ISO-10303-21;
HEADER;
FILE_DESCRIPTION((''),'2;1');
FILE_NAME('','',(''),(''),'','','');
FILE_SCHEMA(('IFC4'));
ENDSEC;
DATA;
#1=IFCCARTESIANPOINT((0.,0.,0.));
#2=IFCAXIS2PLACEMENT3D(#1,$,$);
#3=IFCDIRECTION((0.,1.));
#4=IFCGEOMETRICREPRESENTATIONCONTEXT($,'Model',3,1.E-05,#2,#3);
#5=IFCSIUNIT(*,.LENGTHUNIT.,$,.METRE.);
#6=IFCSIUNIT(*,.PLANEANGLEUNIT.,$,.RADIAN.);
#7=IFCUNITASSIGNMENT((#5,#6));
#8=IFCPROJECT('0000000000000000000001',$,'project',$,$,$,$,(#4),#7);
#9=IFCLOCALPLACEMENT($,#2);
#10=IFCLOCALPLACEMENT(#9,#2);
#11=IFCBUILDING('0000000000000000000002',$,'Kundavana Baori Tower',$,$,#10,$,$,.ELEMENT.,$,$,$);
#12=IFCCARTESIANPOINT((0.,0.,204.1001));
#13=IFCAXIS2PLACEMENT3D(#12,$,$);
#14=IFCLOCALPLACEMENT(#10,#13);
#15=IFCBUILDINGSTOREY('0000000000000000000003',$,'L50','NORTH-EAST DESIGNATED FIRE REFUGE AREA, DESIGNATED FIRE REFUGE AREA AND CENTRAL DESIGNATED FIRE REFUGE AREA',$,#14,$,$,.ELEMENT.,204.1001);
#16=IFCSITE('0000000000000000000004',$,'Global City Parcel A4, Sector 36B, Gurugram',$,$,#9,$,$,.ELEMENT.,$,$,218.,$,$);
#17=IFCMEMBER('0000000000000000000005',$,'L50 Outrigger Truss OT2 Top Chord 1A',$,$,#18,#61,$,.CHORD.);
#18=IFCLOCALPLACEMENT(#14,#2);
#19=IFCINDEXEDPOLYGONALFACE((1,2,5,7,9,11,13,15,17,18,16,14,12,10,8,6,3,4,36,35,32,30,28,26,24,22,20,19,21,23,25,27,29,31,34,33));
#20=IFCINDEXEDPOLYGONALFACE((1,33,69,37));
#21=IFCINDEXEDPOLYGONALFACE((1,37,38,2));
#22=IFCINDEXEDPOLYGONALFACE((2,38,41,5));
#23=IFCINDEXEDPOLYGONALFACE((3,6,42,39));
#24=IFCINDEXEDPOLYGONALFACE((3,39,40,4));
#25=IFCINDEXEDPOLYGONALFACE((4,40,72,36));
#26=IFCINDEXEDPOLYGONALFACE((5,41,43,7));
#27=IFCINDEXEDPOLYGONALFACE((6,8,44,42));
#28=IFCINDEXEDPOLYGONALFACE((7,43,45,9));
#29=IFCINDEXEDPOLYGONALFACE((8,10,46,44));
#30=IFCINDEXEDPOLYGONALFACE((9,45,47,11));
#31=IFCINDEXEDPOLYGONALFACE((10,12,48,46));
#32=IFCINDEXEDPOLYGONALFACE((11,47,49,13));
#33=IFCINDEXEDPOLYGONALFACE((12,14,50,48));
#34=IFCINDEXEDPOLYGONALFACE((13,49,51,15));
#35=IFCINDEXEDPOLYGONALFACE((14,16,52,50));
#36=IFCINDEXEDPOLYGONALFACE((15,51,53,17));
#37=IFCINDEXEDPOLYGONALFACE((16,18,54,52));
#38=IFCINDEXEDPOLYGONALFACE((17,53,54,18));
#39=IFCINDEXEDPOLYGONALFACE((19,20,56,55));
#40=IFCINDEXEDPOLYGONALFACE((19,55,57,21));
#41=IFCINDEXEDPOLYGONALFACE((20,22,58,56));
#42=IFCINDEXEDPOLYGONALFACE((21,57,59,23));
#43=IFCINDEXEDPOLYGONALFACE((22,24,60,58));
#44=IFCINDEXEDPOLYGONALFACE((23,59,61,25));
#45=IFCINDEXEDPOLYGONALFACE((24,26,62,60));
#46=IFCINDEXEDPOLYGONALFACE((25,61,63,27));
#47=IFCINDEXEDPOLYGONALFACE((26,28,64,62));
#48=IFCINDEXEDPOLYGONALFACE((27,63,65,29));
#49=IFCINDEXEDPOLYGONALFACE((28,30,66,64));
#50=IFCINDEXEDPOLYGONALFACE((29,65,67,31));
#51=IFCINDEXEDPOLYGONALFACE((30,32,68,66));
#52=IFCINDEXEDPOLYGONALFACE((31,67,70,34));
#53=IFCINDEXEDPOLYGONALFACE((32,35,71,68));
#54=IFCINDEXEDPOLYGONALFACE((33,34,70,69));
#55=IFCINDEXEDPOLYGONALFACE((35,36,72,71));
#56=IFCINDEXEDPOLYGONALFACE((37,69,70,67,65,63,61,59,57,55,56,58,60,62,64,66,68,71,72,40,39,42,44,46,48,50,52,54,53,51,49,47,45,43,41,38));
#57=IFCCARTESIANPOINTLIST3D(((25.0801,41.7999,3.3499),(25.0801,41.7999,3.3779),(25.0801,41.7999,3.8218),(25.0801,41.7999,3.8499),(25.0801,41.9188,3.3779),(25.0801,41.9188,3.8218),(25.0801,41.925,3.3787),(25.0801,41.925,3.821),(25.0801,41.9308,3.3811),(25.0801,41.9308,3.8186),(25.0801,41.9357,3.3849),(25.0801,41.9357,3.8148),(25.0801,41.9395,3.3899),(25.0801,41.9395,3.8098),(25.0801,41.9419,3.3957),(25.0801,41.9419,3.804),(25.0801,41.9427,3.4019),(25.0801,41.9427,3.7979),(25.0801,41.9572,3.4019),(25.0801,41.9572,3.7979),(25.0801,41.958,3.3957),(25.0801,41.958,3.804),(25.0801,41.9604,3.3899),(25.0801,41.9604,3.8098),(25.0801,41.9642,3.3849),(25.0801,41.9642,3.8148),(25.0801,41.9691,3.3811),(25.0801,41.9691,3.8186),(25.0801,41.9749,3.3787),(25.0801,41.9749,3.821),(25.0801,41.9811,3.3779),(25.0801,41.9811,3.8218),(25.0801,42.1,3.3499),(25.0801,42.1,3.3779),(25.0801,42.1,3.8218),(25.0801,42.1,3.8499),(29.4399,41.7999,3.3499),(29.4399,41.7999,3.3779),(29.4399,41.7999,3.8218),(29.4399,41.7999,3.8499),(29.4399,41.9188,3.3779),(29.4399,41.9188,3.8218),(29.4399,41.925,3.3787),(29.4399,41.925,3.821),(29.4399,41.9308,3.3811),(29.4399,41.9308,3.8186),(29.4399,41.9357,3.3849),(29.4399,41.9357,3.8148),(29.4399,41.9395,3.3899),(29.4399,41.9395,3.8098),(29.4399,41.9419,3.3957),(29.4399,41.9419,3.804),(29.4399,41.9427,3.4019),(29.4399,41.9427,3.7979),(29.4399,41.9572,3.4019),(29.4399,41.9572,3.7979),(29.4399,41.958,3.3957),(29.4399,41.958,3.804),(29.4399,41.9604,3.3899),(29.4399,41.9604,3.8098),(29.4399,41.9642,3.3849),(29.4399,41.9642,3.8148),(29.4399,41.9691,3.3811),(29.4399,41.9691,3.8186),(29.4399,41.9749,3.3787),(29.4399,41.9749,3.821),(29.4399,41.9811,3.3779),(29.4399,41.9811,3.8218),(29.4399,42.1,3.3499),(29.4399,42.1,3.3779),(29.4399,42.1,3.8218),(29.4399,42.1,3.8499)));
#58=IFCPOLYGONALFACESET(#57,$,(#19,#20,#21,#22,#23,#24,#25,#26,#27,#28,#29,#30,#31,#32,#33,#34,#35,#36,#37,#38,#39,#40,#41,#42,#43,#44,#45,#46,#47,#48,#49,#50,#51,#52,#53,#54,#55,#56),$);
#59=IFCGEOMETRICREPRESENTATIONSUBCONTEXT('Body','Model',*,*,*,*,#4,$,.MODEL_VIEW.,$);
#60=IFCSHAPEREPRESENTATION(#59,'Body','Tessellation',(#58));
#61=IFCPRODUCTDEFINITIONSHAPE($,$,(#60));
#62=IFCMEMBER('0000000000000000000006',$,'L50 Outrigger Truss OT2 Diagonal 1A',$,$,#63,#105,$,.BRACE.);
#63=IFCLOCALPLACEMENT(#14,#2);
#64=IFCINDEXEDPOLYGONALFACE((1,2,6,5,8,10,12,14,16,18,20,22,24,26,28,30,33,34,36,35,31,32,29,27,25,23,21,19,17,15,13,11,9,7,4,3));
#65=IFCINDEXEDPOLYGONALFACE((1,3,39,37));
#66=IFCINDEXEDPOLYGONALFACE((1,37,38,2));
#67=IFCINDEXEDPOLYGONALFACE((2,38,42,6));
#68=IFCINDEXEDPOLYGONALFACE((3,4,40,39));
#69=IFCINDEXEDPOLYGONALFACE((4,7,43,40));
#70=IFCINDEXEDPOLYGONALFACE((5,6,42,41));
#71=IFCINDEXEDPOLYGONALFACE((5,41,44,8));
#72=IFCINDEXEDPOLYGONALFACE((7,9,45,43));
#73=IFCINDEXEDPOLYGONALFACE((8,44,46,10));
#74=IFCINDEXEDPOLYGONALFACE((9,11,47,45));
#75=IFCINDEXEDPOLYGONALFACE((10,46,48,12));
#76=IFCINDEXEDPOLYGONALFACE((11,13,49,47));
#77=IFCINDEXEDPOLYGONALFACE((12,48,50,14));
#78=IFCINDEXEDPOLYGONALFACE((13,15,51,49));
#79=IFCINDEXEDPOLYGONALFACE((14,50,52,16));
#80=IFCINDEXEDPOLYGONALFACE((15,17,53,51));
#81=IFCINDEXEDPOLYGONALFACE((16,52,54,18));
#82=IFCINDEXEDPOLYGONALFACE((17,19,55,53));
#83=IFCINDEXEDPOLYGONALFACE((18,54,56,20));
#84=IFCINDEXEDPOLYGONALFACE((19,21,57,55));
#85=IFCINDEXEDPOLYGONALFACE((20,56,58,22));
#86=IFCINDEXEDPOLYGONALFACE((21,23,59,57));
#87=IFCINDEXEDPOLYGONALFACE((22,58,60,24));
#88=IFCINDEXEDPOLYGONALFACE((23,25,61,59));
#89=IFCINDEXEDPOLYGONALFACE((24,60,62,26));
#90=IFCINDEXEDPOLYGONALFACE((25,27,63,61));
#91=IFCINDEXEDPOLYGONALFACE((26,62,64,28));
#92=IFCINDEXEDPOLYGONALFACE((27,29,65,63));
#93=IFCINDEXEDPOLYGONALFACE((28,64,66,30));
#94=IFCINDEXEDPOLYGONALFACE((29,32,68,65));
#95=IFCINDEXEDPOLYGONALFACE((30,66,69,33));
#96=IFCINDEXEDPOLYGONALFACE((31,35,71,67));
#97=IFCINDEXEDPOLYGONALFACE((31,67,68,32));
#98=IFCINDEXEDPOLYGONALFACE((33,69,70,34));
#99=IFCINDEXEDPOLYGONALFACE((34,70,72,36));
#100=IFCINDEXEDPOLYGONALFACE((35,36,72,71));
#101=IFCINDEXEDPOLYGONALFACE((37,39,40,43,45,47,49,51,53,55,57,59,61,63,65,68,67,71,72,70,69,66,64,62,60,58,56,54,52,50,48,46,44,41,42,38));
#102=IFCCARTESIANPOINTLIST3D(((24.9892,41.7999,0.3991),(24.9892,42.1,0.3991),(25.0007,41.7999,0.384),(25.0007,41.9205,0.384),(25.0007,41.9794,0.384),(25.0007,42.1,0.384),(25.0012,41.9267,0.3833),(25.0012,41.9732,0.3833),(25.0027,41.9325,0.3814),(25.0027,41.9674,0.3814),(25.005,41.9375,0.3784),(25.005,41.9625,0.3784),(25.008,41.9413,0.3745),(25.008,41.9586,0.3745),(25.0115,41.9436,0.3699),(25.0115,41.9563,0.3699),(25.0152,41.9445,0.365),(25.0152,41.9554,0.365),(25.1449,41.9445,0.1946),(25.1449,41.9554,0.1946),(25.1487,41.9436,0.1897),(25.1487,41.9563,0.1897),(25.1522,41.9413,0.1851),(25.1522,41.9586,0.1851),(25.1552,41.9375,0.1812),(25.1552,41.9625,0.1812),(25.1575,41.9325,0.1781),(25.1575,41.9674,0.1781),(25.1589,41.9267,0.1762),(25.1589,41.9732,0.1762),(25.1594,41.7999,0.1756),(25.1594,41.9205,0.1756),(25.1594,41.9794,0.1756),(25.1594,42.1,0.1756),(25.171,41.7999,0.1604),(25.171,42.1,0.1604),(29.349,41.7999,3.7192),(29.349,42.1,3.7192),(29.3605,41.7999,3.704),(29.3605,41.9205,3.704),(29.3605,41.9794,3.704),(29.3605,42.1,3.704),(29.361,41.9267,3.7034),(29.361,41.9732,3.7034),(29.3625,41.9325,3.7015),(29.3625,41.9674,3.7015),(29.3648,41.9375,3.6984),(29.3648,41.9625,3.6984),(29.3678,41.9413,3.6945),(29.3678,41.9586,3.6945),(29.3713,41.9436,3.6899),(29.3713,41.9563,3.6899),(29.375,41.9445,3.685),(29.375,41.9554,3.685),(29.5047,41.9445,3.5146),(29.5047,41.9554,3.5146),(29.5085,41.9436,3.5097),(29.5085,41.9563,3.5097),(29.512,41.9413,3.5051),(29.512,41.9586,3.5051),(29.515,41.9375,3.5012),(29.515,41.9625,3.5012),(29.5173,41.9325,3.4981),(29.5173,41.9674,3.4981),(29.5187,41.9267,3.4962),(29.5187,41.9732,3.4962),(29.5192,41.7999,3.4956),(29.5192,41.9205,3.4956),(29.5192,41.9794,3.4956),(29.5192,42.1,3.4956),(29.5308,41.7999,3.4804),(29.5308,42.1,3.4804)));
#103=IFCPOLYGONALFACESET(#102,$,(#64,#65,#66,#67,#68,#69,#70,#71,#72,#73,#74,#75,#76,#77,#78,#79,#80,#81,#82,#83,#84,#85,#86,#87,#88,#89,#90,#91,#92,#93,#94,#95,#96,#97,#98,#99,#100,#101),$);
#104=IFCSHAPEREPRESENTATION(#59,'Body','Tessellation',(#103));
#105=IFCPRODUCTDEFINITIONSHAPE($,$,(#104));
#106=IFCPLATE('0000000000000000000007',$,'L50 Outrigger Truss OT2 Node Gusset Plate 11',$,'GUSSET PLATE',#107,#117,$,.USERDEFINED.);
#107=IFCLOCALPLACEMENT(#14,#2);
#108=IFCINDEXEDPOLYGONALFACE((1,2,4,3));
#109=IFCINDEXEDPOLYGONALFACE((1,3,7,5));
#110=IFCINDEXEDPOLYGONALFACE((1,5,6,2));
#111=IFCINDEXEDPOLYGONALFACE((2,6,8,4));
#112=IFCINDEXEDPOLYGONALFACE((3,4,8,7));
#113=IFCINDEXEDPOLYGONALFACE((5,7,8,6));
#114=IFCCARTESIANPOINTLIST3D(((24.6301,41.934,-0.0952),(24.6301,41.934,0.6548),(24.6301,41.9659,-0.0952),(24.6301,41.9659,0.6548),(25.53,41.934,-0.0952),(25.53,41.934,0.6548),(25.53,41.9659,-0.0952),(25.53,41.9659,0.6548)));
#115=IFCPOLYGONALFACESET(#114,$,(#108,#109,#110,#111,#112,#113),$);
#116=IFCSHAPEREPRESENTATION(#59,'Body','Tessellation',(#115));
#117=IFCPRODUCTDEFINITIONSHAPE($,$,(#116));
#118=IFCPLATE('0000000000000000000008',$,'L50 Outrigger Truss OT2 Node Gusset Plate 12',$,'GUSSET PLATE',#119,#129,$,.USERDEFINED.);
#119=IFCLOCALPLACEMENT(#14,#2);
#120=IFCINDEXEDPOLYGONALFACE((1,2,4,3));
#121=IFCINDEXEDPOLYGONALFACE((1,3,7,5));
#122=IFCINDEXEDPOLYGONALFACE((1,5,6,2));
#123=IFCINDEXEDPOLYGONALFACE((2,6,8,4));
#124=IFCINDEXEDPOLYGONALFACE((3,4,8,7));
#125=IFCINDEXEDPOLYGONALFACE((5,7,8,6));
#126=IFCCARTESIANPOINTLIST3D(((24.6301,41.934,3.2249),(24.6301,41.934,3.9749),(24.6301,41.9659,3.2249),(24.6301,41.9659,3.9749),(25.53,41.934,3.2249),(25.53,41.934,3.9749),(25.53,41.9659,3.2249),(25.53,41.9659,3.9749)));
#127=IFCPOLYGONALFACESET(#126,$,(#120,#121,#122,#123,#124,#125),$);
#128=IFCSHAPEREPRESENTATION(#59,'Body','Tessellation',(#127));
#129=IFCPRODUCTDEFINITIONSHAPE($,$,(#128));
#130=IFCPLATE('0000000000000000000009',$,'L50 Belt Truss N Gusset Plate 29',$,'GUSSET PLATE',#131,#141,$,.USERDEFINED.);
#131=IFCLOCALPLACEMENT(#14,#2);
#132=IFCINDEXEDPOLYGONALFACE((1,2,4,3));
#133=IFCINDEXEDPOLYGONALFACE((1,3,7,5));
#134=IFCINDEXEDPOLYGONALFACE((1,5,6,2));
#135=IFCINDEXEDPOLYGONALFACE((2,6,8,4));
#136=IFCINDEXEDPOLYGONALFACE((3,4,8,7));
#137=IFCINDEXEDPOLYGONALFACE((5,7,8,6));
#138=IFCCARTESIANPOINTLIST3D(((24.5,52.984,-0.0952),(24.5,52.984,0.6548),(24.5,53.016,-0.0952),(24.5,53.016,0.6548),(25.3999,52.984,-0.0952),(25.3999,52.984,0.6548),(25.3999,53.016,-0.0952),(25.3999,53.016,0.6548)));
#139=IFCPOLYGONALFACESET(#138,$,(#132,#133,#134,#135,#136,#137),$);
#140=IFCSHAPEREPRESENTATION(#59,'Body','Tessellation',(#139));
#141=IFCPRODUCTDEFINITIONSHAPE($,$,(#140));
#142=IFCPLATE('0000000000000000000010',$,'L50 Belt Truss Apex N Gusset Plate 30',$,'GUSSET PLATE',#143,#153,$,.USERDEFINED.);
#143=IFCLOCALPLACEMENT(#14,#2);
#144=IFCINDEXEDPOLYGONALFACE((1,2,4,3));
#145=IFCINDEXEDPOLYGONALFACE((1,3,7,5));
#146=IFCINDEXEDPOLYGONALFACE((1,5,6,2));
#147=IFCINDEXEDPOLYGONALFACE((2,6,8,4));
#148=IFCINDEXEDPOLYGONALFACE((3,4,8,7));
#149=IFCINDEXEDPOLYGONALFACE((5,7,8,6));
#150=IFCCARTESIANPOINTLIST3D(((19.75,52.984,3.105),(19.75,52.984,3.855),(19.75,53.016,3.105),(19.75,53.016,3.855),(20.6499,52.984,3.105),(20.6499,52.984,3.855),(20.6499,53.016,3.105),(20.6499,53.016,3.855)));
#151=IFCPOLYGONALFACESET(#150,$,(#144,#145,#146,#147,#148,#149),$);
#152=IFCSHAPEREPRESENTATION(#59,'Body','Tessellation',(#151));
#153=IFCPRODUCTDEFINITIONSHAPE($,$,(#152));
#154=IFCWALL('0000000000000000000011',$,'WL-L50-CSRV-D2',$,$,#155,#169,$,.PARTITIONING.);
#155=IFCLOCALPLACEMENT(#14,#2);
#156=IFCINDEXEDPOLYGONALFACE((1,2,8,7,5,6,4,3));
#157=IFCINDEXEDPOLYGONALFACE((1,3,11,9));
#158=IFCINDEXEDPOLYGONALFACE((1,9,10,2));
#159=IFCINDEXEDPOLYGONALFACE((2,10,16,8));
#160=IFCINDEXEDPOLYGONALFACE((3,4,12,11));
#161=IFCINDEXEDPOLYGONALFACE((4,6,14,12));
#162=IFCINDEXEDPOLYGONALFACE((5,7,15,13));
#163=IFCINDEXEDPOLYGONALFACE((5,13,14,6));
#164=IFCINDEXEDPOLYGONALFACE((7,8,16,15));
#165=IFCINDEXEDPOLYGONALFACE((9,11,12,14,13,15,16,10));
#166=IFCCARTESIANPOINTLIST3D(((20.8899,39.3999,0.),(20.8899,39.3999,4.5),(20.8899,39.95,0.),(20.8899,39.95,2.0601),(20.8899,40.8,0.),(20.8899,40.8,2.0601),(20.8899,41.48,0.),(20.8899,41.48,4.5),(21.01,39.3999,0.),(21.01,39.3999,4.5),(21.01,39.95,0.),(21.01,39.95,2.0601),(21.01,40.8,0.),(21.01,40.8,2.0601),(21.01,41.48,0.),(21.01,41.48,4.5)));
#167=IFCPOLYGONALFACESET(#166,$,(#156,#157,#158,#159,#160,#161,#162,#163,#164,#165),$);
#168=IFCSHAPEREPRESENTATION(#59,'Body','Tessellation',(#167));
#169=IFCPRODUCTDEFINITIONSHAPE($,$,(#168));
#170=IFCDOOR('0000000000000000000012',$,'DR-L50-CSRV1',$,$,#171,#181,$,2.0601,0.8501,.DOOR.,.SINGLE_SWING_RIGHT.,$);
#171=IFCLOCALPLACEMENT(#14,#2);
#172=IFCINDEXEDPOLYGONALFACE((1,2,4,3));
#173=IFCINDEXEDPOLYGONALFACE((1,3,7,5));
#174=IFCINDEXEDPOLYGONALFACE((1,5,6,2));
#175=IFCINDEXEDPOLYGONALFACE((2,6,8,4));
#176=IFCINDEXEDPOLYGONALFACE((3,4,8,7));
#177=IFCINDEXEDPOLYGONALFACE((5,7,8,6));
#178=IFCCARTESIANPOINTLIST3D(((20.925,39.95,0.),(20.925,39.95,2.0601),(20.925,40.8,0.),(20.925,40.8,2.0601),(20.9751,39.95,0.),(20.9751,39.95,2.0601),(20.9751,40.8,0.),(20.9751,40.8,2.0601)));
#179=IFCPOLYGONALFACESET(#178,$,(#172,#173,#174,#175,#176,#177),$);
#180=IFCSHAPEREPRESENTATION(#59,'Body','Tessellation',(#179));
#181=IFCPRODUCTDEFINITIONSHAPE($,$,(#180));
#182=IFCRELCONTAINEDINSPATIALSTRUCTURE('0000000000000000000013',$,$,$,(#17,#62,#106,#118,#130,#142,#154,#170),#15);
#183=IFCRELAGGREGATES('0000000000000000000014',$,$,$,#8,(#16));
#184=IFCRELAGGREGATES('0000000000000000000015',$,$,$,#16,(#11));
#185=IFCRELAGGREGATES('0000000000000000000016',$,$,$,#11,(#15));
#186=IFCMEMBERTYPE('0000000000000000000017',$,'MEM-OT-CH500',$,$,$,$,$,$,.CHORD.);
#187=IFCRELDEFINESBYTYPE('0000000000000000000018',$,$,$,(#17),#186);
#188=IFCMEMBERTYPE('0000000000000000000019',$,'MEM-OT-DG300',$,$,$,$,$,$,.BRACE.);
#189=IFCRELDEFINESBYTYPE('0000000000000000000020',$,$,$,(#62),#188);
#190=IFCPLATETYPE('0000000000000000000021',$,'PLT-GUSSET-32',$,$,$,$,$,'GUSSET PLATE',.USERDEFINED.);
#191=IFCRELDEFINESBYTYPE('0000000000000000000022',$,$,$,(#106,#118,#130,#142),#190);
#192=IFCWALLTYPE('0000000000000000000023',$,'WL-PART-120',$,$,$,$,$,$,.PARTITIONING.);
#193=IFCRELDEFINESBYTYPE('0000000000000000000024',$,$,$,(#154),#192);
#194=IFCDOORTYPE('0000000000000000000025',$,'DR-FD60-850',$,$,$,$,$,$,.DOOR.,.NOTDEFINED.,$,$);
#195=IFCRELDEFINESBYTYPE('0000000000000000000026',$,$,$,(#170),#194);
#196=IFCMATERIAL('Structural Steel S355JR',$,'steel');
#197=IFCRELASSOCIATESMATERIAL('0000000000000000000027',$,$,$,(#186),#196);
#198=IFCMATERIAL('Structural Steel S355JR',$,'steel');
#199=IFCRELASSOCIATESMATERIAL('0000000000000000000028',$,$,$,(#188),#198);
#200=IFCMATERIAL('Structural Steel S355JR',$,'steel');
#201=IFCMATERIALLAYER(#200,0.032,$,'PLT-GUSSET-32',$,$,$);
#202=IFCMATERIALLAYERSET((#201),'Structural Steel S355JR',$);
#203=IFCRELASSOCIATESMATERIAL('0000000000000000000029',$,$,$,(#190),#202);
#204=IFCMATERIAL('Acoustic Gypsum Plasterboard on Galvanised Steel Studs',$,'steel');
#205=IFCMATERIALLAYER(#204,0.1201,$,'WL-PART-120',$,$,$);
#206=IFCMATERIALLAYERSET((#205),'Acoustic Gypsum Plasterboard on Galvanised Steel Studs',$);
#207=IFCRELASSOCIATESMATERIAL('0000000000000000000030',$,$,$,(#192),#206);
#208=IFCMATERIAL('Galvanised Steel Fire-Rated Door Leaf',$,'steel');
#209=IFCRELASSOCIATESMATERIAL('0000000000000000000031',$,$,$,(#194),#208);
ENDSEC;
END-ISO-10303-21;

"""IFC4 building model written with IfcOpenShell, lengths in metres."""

from ifc_helpers import new_model, si_unit, direction, frame, frame_2d, origin, origin_2d, place, context, subcontext, project, spatial, rectangle, i_section, extrude, material, layer, layer_set, material_profile, profile_set, type_object, element, fill, save


model = new_model("IFC4")

# Units and contexts
model_context = context("Model", 3, precision=1e-05, world=origin(), true_north=direction((0.0, 1.0)))
body_context = subcontext(model_context, "Body", "Model", "MODEL_VIEW")
ifc_project = project(units=[si_unit("LENGTHUNIT", "METRE"), si_unit("PLANEANGLEUNIT", "RADIAN")], contexts=[model_context])

# Site, building, storey
site_placement = place(None, origin())
site = spatial("IfcSite", under=ifc_project, at=site_placement, Name="Global City Parcel A4, Sector 36B, Gurugram", CompositionType="ELEMENT", RefElevation=218.0)
building_placement = place(site_placement, origin())
building = spatial("IfcBuilding", under=site, at=building_placement, Name="Kundavana Baori Tower", CompositionType="ELEMENT")
storey_placement = place(building_placement, frame((0.0, 0.0, 204.1001)))
storey = spatial("IfcBuildingStorey", under=building, at=storey_placement, Name="L50", Description="NORTH-EAST DESIGNATED FIRE REFUGE AREA, DESIGNATED FIRE REFUGE AREA AND CENTRAL DESIGNATED FIRE REFUGE AREA", CompositionType="ELEMENT", Elevation=204.1001)

# Members
ifc_material_1 = material(Name="Structural Steel S355JR", Category="steel")
ifc_material_profile_1 = material_profile(ifc_material_1, i_section(OverallWidth=0.3, OverallDepth=0.5, WebThickness=0.0144, FlangeThickness=0.0281, FilletRadius=0.0239, at=origin_2d()), Name="WPB 500x300x155")
ifc_profile_set_1 = profile_set([ifc_material_profile_1], Name="Structural Steel S355JR")
member_type_1 = type_object("IfcMemberType", Name="MEM-OT-CH500", PredefinedType="CHORD", material=ifc_profile_set_1)
for number, where, z_axis, x_axis, name in (
    (1, (25.0801, 41.95, 3.5999), (1.0, 0.0, 0.0), (0.0, 1.0, 0.0), "L50 Outrigger Truss OT2 Top Chord 1A"),
):
    element("IfcMember", number, at=place(storey_placement, frame(where, z_axis=z_axis, x_axis=x_axis)), inside=storey, type_object=member_type_1, Name=name, PredefinedType="CHORD", context=body_context, shape_type="SweptSolid", body=[
        extrude(i_section(OverallWidth=0.3, OverallDepth=0.5, WebThickness=0.0144, FlangeThickness=0.0281, FilletRadius=0.0239, at=origin_2d()), origin(), (0.0, 0.0, 1.0), 4.3599),
    ])
ifc_material_2 = material(Name="Structural Steel S355JR", Category="steel")
ifc_material_profile_2 = material_profile(ifc_material_2, i_section(OverallWidth=0.3, OverallDepth=0.3, WebThickness=0.011, FlangeThickness=0.019, FilletRadius=0.0239, at=origin_2d()), Name="WPB 300x300x117")
ifc_profile_set_2 = profile_set([ifc_material_profile_2], Name="Structural Steel S355JR")
member_type_2 = type_object("IfcMemberType", Name="MEM-OT-DG300", PredefinedType="BRACE", material=ifc_profile_set_2)
member_1_placement = place(storey_placement, frame((25.0801, 41.95, 0.2798), z_axis=(0.795584, 0.0, 0.605843), x_axis=(0.0, 1.0, 0.0)))
element("IfcMember", 2, at=member_1_placement, inside=storey, type_object=member_type_2, Name="L50 Outrigger Truss OT2 Diagonal 1A", PredefinedType="BRACE", context=body_context, shape_type="SweptSolid", body=[
    extrude(i_section(OverallWidth=0.3, OverallDepth=0.3, WebThickness=0.011, FlangeThickness=0.019, FilletRadius=0.0239, at=origin_2d()), origin(), (0.0, 0.0, 1.0), 5.48),
])

# Plates
ifc_material_3 = material(Name="Structural Steel S355JR", Category="steel")
ifc_layer_1 = layer(ifc_material_3, 0.032, Name="PLT-GUSSET-32")
ifc_layer_set_1 = layer_set([ifc_layer_1], Name="Structural Steel S355JR")
plate_type = type_object("IfcPlateType", Name="PLT-GUSSET-32", ElementType="GUSSET PLATE", PredefinedType="USERDEFINED", material=ifc_layer_set_1)
for number, where, z_axis, x_axis, name in (
    (3, (25.0801, 41.95, -0.0952), (0.0, 0.0, 1.0), (1.0, 0.0, 0.0), "L50 Outrigger Truss OT2 Node Gusset Plate 11"),
    (4, (25.0801, 41.95, 3.2249), (0.0, 0.0, 1.0), (1.0, 0.0, 0.0), "L50 Outrigger Truss OT2 Node Gusset Plate 12"),
    (5, (24.95, 53.0, -0.0952), (0.0, 0.0, 1.0), (1.0, 0.0, 0.0), "L50 Belt Truss N Gusset Plate 29"),
    (6, (20.2, 53.0, 3.105), (0.0, 0.0, 1.0), (1.0, 0.0, 0.0), "L50 Belt Truss Apex N Gusset Plate 30"),
):
    element("IfcPlate", number, at=place(storey_placement, frame(where, z_axis=z_axis, x_axis=x_axis)), inside=storey, type_object=plate_type, Name=name, ObjectType="GUSSET PLATE", PredefinedType="USERDEFINED", context=body_context, shape_type="SweptSolid", body=[
        extrude(rectangle(XDim=0.8999, YDim=0.032, at=origin_2d()), origin(), (0.0, 0.0, 1.0), 0.75),
    ])

# Wall, opening, door
ifc_material_4 = material(Name="Acoustic Gypsum Plasterboard on Galvanised Steel Studs", Category="steel")
ifc_layer_2 = layer(ifc_material_4, 0.1201, Name="WL-PART-120")
ifc_layer_set_2 = layer_set([ifc_layer_2], Name="Acoustic Gypsum Plasterboard on Galvanised Steel Studs")
wall_type_1 = type_object("IfcWallType", Name="WL-PART-120", PredefinedType="PARTITIONING", material=ifc_layer_set_2)
wall_1_placement = place(storey_placement, frame((20.95, 39.3999, 0.0), z_axis=(0.0, 0.0, 1.0), x_axis=(0.0, 1.0, 0.0)))
wall_1 = element("IfcWall", 7, at=wall_1_placement, inside=storey, type_object=wall_type_1, Name="WL-L50-CSRV-D2", PredefinedType="PARTITIONING", context=body_context, shape_type="SweptSolid", body=[
    extrude(rectangle(XDim=2.0801, YDim=0.1201, at=frame_2d((1.04, 0.0))), origin(), (0.0, 0.0, 1.0), 4.5),
])
opening_placement = place(wall_1_placement, frame((0.55, 0.0, 0.0)))
opening = element("IfcOpeningElement", 8, at=opening_placement, cuts=wall_1, PredefinedType="OPENING", context=body_context, shape_type="SweptSolid", body=[
    extrude(rectangle(XDim=0.8501, YDim=2.0601, at=frame_2d((0.425, 1.03))), frame((0.0, 0.0701, 0.0), z_axis=(0.0, -1.0, 0.0), x_axis=(1.0, 0.0, 0.0)), (0.0, 0.0, 1.0), 0.1401),
])
ifc_material_5 = material(Name="Galvanised Steel Fire-Rated Door Leaf", Category="steel")
door_type = type_object("IfcDoorType", Name="DR-FD60-850", OperationType="NOTDEFINED", PredefinedType="DOOR", material=ifc_material_5)
door_placement = place(opening_placement, origin())
door = element("IfcDoor", 9, at=door_placement, inside=storey, type_object=door_type, Name="DR-L50-CSRV1", OperationType="SINGLE_SWING_RIGHT", OverallHeight=2.0601, OverallWidth=0.8501, PredefinedType="DOOR", context=body_context, shape_type="SweptSolid", body=[
    extrude(rectangle(XDim=0.8501, YDim=2.0601, at=frame_2d((0.425, 1.03))), frame((0.0, 0.0249, 0.0), z_axis=(0.0, -1.0, 0.0), x_axis=(1.0, 0.0, 0.0)), (0.0, 0.0, 1.0), 0.05),
])
fill(opening, door)

save(model, "model.ifc")
